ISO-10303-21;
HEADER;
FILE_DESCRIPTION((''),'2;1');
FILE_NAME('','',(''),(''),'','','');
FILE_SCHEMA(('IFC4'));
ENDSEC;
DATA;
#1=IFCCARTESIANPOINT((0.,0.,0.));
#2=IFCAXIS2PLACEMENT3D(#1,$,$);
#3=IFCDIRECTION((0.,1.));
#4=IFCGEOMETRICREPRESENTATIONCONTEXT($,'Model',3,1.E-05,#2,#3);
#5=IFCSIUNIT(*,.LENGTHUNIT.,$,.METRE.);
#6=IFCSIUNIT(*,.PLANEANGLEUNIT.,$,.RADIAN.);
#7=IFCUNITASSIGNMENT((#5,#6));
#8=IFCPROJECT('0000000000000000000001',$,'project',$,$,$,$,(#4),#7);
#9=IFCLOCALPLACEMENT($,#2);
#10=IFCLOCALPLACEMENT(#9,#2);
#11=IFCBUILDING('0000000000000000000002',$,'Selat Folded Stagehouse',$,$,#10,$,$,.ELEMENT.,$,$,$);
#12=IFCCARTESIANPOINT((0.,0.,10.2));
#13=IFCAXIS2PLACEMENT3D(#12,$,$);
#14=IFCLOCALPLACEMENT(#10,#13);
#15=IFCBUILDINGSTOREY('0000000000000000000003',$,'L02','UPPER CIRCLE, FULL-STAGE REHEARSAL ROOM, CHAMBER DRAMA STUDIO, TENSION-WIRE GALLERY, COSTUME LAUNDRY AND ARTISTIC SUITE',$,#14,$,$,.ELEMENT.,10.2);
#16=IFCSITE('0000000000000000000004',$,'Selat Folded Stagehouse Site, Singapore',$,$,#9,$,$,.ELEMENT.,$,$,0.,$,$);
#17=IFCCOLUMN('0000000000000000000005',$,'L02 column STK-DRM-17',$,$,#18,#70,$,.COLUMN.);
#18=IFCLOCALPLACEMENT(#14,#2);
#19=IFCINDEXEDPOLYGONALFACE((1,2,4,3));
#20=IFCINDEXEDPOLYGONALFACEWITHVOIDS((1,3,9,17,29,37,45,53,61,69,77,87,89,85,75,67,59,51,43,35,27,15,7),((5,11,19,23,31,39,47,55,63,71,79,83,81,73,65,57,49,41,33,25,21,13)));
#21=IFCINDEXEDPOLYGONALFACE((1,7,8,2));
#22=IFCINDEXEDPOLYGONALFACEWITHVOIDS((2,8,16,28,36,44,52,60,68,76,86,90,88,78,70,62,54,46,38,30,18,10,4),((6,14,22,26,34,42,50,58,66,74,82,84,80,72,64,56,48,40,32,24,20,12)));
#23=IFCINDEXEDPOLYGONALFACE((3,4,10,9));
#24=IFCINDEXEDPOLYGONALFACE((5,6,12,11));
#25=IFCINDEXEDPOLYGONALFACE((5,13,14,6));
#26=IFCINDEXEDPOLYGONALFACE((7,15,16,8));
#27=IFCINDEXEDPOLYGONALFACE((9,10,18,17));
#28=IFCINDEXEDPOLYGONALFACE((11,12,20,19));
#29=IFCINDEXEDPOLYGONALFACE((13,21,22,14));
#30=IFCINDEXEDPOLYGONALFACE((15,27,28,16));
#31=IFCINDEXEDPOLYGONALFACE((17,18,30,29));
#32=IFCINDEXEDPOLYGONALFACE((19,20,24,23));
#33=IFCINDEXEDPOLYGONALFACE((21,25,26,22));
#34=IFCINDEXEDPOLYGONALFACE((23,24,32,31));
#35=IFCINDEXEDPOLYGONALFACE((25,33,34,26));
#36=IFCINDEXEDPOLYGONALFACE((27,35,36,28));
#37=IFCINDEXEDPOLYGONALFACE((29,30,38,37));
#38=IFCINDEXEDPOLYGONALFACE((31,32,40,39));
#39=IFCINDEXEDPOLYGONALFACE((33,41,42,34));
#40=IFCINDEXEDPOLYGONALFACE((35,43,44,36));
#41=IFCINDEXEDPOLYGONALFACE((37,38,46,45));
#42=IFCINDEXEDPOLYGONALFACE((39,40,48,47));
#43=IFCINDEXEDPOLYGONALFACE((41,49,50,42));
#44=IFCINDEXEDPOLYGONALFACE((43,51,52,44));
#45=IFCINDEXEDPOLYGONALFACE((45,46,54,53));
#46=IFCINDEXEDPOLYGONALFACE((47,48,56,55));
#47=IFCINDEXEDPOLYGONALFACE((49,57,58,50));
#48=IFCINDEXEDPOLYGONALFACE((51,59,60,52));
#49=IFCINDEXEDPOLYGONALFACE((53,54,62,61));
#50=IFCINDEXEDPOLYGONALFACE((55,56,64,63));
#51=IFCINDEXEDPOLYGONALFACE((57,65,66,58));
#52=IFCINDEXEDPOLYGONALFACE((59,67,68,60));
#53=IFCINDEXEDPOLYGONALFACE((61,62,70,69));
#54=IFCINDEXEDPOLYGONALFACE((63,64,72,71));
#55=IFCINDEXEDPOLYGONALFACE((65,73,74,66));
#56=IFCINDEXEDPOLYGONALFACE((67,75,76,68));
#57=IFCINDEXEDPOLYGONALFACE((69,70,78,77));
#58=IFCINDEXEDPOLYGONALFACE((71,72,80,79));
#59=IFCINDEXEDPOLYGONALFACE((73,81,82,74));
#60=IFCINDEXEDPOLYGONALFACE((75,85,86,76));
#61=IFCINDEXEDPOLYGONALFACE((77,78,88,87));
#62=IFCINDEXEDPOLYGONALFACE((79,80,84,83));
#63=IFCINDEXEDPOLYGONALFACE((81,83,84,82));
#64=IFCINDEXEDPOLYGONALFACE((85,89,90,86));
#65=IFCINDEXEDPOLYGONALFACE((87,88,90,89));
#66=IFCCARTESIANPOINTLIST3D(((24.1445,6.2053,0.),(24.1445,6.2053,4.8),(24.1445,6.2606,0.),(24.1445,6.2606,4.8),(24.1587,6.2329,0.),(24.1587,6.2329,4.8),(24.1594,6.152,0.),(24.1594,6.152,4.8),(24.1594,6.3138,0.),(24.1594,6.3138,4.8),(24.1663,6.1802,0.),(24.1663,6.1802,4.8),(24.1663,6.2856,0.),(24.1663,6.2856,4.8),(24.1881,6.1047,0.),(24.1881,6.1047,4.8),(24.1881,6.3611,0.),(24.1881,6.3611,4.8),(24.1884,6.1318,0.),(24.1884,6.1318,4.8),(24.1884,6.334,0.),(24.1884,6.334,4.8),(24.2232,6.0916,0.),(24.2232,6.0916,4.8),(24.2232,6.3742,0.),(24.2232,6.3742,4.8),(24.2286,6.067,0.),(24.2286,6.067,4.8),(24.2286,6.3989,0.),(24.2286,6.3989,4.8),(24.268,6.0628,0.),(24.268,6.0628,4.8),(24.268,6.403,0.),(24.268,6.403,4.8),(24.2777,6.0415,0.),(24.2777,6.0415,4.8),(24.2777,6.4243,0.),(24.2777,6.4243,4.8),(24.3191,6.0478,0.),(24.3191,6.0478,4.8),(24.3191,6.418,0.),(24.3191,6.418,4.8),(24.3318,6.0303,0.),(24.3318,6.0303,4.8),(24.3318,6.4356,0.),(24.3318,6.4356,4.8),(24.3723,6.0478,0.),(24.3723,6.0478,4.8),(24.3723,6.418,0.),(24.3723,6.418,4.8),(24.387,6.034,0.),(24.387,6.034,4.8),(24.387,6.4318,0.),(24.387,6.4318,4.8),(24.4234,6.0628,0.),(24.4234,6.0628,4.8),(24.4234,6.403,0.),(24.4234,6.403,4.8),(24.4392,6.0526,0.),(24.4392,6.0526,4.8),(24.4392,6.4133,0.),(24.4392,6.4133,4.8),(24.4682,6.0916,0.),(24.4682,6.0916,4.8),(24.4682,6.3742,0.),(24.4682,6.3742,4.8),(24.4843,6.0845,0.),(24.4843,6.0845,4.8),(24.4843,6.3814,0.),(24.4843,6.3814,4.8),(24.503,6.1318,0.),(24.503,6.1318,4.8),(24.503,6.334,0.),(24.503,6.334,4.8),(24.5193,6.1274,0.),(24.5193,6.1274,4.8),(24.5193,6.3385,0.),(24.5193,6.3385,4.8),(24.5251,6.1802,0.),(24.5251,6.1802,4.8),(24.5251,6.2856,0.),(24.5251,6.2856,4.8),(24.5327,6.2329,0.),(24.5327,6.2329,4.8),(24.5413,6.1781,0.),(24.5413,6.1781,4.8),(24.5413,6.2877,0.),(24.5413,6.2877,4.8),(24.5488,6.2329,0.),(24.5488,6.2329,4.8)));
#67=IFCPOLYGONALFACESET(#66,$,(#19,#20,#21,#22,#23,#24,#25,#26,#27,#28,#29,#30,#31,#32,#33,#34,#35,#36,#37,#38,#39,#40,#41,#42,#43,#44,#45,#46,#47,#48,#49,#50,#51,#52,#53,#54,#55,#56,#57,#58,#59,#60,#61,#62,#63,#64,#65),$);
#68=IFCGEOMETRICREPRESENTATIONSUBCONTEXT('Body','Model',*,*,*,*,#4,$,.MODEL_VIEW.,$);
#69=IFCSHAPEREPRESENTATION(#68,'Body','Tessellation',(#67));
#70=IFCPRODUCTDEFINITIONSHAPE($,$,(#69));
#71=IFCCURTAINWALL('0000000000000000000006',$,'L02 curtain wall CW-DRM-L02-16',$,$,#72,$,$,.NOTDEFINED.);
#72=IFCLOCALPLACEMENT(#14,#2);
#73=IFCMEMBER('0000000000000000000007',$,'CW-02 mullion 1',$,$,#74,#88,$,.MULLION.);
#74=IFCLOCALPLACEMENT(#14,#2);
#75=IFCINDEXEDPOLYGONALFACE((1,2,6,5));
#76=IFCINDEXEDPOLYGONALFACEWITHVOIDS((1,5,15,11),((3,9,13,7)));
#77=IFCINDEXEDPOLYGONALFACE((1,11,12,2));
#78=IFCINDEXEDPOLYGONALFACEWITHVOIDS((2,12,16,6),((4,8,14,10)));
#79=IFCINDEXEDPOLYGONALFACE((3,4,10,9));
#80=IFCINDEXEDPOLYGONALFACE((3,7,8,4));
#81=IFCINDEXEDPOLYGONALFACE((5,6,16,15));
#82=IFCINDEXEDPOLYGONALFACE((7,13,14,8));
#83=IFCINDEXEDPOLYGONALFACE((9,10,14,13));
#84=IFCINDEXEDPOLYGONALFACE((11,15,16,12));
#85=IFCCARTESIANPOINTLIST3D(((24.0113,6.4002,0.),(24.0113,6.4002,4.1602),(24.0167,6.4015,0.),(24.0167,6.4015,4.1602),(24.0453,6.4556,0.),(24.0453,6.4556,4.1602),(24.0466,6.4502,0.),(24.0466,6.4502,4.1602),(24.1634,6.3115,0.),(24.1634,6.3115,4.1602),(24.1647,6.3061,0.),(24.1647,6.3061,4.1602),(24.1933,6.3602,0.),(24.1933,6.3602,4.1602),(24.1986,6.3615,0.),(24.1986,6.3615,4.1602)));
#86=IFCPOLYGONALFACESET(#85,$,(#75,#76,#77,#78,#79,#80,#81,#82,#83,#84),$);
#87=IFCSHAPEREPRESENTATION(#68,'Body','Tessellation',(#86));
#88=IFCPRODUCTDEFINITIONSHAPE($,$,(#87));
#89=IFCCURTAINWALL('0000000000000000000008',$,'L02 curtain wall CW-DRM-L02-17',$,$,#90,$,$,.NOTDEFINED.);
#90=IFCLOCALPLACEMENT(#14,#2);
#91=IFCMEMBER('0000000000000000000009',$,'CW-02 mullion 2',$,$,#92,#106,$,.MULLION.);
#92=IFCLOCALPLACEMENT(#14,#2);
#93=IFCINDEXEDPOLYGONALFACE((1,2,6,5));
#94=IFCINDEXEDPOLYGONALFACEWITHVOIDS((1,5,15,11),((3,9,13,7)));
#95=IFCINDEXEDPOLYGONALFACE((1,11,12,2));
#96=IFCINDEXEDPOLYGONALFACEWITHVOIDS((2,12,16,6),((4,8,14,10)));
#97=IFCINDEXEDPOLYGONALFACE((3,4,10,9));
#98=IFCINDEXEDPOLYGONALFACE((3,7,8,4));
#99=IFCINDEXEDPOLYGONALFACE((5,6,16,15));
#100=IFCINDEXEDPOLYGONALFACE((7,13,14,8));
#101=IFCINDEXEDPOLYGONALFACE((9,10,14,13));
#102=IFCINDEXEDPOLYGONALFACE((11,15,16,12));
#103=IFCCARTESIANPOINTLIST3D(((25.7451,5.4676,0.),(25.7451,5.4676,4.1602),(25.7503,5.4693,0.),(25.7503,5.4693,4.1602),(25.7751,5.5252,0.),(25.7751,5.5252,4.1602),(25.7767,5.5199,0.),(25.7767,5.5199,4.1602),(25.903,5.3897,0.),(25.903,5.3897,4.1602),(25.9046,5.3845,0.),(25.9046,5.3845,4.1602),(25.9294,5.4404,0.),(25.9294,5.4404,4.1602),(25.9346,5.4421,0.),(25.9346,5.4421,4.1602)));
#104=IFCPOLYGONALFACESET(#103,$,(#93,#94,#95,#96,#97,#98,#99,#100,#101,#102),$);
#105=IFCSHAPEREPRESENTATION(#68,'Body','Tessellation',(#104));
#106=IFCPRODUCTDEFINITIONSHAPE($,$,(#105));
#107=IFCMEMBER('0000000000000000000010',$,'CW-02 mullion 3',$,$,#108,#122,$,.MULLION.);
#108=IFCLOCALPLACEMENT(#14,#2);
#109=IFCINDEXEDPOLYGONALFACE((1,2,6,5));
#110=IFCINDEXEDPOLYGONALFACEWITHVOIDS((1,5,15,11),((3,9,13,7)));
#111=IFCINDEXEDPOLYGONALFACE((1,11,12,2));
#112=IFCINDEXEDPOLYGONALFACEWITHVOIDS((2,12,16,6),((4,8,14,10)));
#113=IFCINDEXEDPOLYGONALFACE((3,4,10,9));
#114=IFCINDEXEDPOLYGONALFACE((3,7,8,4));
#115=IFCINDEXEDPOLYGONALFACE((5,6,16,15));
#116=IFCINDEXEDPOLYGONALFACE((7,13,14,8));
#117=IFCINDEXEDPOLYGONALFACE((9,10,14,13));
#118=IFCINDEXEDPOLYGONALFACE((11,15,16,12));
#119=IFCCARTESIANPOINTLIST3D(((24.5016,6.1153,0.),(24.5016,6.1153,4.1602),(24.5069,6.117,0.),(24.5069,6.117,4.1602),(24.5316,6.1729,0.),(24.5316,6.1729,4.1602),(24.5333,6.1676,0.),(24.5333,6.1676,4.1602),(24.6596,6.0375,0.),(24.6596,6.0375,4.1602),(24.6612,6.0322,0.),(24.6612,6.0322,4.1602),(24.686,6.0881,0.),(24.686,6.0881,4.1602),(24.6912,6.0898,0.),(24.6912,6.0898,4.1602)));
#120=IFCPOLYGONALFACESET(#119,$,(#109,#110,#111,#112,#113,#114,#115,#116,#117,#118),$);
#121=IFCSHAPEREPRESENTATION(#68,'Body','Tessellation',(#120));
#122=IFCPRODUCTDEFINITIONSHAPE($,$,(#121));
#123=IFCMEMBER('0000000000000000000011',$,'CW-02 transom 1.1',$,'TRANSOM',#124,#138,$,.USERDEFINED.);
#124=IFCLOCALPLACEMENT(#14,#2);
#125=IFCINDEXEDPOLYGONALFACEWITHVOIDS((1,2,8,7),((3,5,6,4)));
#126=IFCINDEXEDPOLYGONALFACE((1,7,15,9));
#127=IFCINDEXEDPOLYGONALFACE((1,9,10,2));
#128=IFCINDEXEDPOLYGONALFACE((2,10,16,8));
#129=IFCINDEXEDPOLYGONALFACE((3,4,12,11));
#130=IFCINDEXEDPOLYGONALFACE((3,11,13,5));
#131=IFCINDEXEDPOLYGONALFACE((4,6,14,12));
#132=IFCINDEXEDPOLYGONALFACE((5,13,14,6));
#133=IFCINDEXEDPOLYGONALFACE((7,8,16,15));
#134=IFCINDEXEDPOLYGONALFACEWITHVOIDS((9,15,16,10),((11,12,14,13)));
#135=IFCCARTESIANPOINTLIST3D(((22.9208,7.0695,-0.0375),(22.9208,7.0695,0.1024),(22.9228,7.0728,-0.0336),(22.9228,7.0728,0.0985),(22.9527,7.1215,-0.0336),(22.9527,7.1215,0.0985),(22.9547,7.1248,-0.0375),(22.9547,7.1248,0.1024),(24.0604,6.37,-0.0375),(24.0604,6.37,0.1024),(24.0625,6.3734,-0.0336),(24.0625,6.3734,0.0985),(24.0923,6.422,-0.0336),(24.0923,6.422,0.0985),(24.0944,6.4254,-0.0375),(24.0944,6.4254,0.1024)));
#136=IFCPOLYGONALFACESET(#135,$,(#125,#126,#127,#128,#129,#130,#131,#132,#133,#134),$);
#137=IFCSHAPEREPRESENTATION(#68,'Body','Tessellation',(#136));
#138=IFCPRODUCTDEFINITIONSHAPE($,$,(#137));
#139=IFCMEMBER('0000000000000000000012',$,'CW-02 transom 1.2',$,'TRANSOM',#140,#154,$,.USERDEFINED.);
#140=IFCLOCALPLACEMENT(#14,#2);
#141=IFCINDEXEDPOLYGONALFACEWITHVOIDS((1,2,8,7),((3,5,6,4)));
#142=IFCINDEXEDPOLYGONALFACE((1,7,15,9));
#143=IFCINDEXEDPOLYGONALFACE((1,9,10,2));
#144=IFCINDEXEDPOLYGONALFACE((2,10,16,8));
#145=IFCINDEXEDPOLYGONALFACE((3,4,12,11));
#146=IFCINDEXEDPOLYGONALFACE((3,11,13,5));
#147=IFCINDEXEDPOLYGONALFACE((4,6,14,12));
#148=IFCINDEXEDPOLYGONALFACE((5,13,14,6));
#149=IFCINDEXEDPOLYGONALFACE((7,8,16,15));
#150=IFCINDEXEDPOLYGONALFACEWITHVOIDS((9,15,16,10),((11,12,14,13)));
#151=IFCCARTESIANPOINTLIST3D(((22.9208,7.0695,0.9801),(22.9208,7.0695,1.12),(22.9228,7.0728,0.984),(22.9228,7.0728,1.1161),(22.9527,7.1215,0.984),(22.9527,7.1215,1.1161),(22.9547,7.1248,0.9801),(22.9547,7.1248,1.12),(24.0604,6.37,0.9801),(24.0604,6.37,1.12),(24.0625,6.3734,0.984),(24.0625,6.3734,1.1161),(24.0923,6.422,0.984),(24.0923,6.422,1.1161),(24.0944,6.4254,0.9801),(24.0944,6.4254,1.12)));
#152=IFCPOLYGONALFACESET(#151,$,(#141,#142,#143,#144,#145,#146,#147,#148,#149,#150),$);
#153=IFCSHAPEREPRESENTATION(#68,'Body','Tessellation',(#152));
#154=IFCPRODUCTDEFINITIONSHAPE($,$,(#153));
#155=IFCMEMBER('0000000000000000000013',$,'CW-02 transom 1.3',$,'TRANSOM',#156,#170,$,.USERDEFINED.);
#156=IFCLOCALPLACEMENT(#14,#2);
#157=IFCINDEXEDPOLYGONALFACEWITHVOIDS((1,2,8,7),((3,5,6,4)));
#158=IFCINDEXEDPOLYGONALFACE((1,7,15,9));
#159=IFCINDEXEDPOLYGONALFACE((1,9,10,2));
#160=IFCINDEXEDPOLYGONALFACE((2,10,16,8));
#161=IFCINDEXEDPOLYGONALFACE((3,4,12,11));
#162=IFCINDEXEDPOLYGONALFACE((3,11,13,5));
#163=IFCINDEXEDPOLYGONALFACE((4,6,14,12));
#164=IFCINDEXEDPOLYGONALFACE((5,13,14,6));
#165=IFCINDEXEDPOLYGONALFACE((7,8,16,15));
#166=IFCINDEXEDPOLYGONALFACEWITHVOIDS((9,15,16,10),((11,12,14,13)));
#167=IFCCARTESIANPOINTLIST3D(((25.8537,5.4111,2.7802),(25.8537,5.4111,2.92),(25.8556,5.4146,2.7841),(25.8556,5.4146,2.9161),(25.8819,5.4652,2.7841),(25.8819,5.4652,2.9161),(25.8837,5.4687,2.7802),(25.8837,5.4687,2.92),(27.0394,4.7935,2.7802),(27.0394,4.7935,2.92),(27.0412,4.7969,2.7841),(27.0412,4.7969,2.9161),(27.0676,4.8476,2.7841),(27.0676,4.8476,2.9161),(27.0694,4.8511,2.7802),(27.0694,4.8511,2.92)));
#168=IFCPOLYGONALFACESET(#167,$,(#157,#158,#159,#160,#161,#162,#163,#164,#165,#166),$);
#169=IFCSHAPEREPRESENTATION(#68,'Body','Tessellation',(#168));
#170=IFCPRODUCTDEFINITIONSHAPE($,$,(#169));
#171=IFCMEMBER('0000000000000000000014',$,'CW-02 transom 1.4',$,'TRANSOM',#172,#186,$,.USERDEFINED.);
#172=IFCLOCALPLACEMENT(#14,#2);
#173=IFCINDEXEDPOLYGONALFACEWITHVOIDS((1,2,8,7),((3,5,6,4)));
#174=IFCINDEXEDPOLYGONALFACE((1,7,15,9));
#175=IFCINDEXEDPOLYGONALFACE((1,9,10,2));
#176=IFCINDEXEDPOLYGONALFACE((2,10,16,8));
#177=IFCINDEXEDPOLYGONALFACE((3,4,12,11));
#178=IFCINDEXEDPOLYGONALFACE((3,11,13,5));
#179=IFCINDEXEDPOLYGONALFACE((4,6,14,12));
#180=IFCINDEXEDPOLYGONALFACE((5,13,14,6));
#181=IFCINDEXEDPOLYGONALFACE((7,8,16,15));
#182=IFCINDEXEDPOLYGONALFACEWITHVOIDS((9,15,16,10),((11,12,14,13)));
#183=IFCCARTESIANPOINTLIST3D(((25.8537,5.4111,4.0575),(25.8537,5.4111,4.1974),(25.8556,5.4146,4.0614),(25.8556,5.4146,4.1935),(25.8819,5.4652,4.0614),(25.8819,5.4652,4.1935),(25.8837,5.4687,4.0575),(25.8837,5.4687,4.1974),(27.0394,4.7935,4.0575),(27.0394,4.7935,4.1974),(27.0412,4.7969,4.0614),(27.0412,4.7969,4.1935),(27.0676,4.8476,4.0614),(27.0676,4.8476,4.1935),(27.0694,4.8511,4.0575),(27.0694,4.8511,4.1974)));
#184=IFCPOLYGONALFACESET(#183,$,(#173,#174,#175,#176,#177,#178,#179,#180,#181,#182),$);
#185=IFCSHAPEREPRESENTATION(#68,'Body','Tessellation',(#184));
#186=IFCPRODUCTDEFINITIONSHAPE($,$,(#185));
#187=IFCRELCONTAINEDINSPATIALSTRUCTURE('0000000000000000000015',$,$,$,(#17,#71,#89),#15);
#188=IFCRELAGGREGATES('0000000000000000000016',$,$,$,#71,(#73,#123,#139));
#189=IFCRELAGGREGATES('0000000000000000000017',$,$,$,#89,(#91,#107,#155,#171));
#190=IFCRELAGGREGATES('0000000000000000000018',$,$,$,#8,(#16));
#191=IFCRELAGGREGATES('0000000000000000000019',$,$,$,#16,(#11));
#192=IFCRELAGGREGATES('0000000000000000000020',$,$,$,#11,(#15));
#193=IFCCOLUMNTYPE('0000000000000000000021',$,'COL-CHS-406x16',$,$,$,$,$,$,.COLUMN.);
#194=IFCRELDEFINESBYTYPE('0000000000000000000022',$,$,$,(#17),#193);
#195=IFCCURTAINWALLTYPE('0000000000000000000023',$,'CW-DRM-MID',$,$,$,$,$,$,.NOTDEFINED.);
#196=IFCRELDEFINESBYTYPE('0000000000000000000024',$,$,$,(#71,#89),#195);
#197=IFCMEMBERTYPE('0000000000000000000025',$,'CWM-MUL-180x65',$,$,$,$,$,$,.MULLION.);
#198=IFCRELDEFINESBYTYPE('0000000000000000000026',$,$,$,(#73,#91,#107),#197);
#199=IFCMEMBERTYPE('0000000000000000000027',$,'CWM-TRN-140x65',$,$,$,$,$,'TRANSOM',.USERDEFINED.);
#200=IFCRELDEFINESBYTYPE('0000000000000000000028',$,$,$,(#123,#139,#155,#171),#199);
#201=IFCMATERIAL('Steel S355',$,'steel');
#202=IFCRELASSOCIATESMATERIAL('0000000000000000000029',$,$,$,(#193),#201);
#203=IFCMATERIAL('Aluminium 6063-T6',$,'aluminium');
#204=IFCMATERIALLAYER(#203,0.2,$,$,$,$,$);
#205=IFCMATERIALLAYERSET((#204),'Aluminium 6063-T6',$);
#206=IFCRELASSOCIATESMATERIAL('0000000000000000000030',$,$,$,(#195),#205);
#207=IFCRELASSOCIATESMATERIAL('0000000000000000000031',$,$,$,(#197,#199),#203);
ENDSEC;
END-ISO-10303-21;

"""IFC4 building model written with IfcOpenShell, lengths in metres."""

from ifc_helpers import new_model, si_unit, direction, frame, origin, origin_2d, place, context, subcontext, project, spatial, hollow_rectangle, hollow_circle, extrude, material, layer, layer_set, material_profile, profile_set, type_object, element, aggregate, save


model = new_model("IFC4")

# Units and contexts
model_context = context("Model", 3, precision=1e-05, world=origin(), true_north=direction((0.0, 1.0)))
body_context = subcontext(model_context, "Body", "Model", "MODEL_VIEW")
ifc_project = project(units=[si_unit("LENGTHUNIT", "METRE"), si_unit("PLANEANGLEUNIT", "RADIAN")], contexts=[model_context])

# Site, building, storey
site_placement = place(None, origin())
site = spatial("IfcSite", under=ifc_project, at=site_placement, Name="Selat Folded Stagehouse Site, Singapore", CompositionType="ELEMENT", RefElevation=0.0)
building_placement = place(site_placement, origin())
building = spatial("IfcBuilding", under=site, at=building_placement, Name="Selat Folded Stagehouse", CompositionType="ELEMENT")
storey_placement = place(building_placement, frame((0.0, 0.0, 10.2)))
storey = spatial("IfcBuildingStorey", under=building, at=storey_placement, Name="L02", Description="UPPER CIRCLE, FULL-STAGE REHEARSAL ROOM, CHAMBER DRAMA STUDIO, TENSION-WIRE GALLERY, COSTUME LAUNDRY AND ARTISTIC SUITE", CompositionType="ELEMENT", Elevation=10.2)

# Column
ifc_material_1 = material(Name="Steel S355", Category="steel")
ifc_material_profile_1 = material_profile(ifc_material_1, hollow_circle(Radius=0.2031, WallThickness=0.0161, at=origin_2d()), Name="CHS 406.4x16.0")
ifc_profile_set_1 = profile_set([ifc_material_profile_1], Name="Steel S355")
column_type = type_object("IfcColumnType", Name="COL-CHS-406x16", PredefinedType="COLUMN", material=ifc_profile_set_1)
column_placement = place(storey_placement, frame((24.3457, 6.2329, 0.0), z_axis=(0.0, 0.0, 1.0), x_axis=(1.0, 0.0, 0.0)))
element("IfcColumn", 1, at=column_placement, inside=storey, type_object=column_type, Name="L02 column STK-DRM-17", PredefinedType="COLUMN", context=body_context, shape_type="SweptSolid", body=[
    extrude(hollow_circle(Radius=0.2031, WallThickness=0.0161, at=origin_2d()), origin(), (0.0, 0.0, 1.0), 4.8),
])

# Curtain wall, member
ifc_material_2 = material(Name="Aluminium 6063-T6", Category="aluminium")
ifc_layer_1 = layer(ifc_material_2, 0.2)
ifc_layer_set_1 = layer_set([ifc_layer_1], Name="Aluminium 6063-T6")
curtain_wall_type = type_object("IfcCurtainWallType", Name="CW-DRM-MID", PredefinedType="NOTDEFINED", material=ifc_layer_set_1)
curtain_wall_1_placement = place(storey_placement, origin())
curtain_wall_1 = element("IfcCurtainWall", 2, at=curtain_wall_1_placement, inside=storey, type_object=curtain_wall_type, Name="L02 curtain wall CW-DRM-L02-16", PredefinedType="NOTDEFINED")
ifc_material_profile_2 = material_profile(ifc_material_2, hollow_rectangle(XDim=0.0649, YDim=0.1799, WallThickness=0.0039, at=origin_2d()), Name="ALU 180x65x4.0")
ifc_profile_set_2 = profile_set([ifc_material_profile_2], Name="Aluminium 6063-T6")
member_type_1 = type_object("IfcMemberType", Name="CWM-MUL-180x65", PredefinedType="MULLION", material=ifc_profile_set_2)
member_1_placement = place(storey_placement, frame((24.105, 6.3809, 0.0), z_axis=(0.0, 0.0, 1.0), x_axis=(-0.523025, -0.852317, 0.0)))
member_1 = element("IfcMember", 3, at=member_1_placement, type_object=member_type_1, Name="CW-02 mullion 1", PredefinedType="MULLION", context=body_context, shape_type="SweptSolid", body=[
    extrude(hollow_rectangle(XDim=0.0649, YDim=0.1799, WallThickness=0.0039, at=origin_2d()), origin(), (0.0, 0.0, 1.0), 4.1602),
])

# Curtain wall, members
curtain_wall_2_placement = place(storey_placement, origin())
curtain_wall_2 = element("IfcCurtainWall", 4, at=curtain_wall_2_placement, inside=storey, type_object=curtain_wall_type, Name="L02 curtain wall CW-DRM-L02-17", PredefinedType="NOTDEFINED")
member_2_placement = place(storey_placement, frame((25.8398, 5.4548, 0.0), z_axis=(0.0, 0.0, 1.0), x_axis=(-0.461931, -0.886916, 0.0)))
member_2 = element("IfcMember", 5, at=member_2_placement, type_object=member_type_1, Name="CW-02 mullion 2", PredefinedType="MULLION", context=body_context, shape_type="SweptSolid", body=[
    extrude(hollow_rectangle(XDim=0.0649, YDim=0.1799, WallThickness=0.0039, at=origin_2d()), origin(), (0.0, 0.0, 1.0), 4.1602),
])
member_3_placement = place(storey_placement, frame((24.5964, 6.1025, 0.0), z_axis=(0.0, 0.0, 1.0), x_axis=(-0.461931, -0.886916, 0.0)))
member_3 = element("IfcMember", 6, at=member_3_placement, type_object=member_type_1, Name="CW-02 mullion 3", PredefinedType="MULLION", context=body_context, shape_type="SweptSolid", body=[
    extrude(hollow_rectangle(XDim=0.0649, YDim=0.1799, WallThickness=0.0039, at=origin_2d()), origin(), (0.0, 0.0, 1.0), 4.1602),
])

# Members
ifc_material_profile_3 = material_profile(ifc_material_2, hollow_rectangle(XDim=0.0649, YDim=0.1399, WallThickness=0.0039, at=origin_2d()), Name="ALU 140x65x4.0")
ifc_profile_set_3 = profile_set([ifc_material_profile_3], Name="Aluminium 6063-T6")
member_type_2 = type_object("IfcMemberType", Name="CWM-TRN-140x65", ElementType="TRANSOM", PredefinedType="USERDEFINED", material=ifc_profile_set_3)
member_4_placement = place(storey_placement, frame((24.0774, 6.3977, 0.0325), z_axis=(-0.852278, 0.523089, 0.0), x_axis=(-0.523089, -0.852278, 0.0)))
member_4 = element("IfcMember", 7, at=member_4_placement, type_object=member_type_2, Name="CW-02 transom 1.1", ObjectType="TRANSOM", PredefinedType="USERDEFINED", context=body_context, shape_type="SweptSolid", body=[
    extrude(hollow_rectangle(XDim=0.0649, YDim=0.1399, WallThickness=0.0039, at=origin_2d()), origin(), (0.0, 0.0, 1.0), 1.3372),
])
member_5_placement = place(storey_placement, frame((24.0774, 6.3977, 1.05), z_axis=(-0.852278, 0.523089, 0.0), x_axis=(-0.523089, -0.852278, 0.0)))
member_5 = element("IfcMember", 8, at=member_5_placement, type_object=member_type_2, Name="CW-02 transom 1.2", ObjectType="TRANSOM", PredefinedType="USERDEFINED", context=body_context, shape_type="SweptSolid", body=[
    extrude(hollow_rectangle(XDim=0.0649, YDim=0.1399, WallThickness=0.0039, at=origin_2d()), origin(), (0.0, 0.0, 1.0), 1.3372),
])
aggregate(curtain_wall_1, [member_1, member_4, member_5])
member_6_placement = place(storey_placement, frame((27.0544, 4.8223, 2.8501), z_axis=(-0.886891, 0.461979, 0.0), x_axis=(-0.461979, -0.886891, 0.0)))
member_6 = element("IfcMember", 9, at=member_6_placement, type_object=member_type_2, Name="CW-02 transom 1.3", ObjectType="TRANSOM", PredefinedType="USERDEFINED", context=body_context, shape_type="SweptSolid", body=[
    extrude(hollow_rectangle(XDim=0.0649, YDim=0.1399, WallThickness=0.0039, at=origin_2d()), origin(), (0.0, 0.0, 1.0), 1.3369),
])
member_7_placement = place(storey_placement, frame((27.0544, 4.8223, 4.1274), z_axis=(-0.886891, 0.461979, 0.0), x_axis=(-0.461979, -0.886891, 0.0)))
member_7 = element("IfcMember", 10, at=member_7_placement, type_object=member_type_2, Name="CW-02 transom 1.4", ObjectType="TRANSOM", PredefinedType="USERDEFINED", context=body_context, shape_type="SweptSolid", body=[
    extrude(hollow_rectangle(XDim=0.0649, YDim=0.1399, WallThickness=0.0039, at=origin_2d()), origin(), (0.0, 0.0, 1.0), 1.3369),
])

aggregate(curtain_wall_2, [member_2, member_3, member_6, member_7])

save(model, "model.ifc")
